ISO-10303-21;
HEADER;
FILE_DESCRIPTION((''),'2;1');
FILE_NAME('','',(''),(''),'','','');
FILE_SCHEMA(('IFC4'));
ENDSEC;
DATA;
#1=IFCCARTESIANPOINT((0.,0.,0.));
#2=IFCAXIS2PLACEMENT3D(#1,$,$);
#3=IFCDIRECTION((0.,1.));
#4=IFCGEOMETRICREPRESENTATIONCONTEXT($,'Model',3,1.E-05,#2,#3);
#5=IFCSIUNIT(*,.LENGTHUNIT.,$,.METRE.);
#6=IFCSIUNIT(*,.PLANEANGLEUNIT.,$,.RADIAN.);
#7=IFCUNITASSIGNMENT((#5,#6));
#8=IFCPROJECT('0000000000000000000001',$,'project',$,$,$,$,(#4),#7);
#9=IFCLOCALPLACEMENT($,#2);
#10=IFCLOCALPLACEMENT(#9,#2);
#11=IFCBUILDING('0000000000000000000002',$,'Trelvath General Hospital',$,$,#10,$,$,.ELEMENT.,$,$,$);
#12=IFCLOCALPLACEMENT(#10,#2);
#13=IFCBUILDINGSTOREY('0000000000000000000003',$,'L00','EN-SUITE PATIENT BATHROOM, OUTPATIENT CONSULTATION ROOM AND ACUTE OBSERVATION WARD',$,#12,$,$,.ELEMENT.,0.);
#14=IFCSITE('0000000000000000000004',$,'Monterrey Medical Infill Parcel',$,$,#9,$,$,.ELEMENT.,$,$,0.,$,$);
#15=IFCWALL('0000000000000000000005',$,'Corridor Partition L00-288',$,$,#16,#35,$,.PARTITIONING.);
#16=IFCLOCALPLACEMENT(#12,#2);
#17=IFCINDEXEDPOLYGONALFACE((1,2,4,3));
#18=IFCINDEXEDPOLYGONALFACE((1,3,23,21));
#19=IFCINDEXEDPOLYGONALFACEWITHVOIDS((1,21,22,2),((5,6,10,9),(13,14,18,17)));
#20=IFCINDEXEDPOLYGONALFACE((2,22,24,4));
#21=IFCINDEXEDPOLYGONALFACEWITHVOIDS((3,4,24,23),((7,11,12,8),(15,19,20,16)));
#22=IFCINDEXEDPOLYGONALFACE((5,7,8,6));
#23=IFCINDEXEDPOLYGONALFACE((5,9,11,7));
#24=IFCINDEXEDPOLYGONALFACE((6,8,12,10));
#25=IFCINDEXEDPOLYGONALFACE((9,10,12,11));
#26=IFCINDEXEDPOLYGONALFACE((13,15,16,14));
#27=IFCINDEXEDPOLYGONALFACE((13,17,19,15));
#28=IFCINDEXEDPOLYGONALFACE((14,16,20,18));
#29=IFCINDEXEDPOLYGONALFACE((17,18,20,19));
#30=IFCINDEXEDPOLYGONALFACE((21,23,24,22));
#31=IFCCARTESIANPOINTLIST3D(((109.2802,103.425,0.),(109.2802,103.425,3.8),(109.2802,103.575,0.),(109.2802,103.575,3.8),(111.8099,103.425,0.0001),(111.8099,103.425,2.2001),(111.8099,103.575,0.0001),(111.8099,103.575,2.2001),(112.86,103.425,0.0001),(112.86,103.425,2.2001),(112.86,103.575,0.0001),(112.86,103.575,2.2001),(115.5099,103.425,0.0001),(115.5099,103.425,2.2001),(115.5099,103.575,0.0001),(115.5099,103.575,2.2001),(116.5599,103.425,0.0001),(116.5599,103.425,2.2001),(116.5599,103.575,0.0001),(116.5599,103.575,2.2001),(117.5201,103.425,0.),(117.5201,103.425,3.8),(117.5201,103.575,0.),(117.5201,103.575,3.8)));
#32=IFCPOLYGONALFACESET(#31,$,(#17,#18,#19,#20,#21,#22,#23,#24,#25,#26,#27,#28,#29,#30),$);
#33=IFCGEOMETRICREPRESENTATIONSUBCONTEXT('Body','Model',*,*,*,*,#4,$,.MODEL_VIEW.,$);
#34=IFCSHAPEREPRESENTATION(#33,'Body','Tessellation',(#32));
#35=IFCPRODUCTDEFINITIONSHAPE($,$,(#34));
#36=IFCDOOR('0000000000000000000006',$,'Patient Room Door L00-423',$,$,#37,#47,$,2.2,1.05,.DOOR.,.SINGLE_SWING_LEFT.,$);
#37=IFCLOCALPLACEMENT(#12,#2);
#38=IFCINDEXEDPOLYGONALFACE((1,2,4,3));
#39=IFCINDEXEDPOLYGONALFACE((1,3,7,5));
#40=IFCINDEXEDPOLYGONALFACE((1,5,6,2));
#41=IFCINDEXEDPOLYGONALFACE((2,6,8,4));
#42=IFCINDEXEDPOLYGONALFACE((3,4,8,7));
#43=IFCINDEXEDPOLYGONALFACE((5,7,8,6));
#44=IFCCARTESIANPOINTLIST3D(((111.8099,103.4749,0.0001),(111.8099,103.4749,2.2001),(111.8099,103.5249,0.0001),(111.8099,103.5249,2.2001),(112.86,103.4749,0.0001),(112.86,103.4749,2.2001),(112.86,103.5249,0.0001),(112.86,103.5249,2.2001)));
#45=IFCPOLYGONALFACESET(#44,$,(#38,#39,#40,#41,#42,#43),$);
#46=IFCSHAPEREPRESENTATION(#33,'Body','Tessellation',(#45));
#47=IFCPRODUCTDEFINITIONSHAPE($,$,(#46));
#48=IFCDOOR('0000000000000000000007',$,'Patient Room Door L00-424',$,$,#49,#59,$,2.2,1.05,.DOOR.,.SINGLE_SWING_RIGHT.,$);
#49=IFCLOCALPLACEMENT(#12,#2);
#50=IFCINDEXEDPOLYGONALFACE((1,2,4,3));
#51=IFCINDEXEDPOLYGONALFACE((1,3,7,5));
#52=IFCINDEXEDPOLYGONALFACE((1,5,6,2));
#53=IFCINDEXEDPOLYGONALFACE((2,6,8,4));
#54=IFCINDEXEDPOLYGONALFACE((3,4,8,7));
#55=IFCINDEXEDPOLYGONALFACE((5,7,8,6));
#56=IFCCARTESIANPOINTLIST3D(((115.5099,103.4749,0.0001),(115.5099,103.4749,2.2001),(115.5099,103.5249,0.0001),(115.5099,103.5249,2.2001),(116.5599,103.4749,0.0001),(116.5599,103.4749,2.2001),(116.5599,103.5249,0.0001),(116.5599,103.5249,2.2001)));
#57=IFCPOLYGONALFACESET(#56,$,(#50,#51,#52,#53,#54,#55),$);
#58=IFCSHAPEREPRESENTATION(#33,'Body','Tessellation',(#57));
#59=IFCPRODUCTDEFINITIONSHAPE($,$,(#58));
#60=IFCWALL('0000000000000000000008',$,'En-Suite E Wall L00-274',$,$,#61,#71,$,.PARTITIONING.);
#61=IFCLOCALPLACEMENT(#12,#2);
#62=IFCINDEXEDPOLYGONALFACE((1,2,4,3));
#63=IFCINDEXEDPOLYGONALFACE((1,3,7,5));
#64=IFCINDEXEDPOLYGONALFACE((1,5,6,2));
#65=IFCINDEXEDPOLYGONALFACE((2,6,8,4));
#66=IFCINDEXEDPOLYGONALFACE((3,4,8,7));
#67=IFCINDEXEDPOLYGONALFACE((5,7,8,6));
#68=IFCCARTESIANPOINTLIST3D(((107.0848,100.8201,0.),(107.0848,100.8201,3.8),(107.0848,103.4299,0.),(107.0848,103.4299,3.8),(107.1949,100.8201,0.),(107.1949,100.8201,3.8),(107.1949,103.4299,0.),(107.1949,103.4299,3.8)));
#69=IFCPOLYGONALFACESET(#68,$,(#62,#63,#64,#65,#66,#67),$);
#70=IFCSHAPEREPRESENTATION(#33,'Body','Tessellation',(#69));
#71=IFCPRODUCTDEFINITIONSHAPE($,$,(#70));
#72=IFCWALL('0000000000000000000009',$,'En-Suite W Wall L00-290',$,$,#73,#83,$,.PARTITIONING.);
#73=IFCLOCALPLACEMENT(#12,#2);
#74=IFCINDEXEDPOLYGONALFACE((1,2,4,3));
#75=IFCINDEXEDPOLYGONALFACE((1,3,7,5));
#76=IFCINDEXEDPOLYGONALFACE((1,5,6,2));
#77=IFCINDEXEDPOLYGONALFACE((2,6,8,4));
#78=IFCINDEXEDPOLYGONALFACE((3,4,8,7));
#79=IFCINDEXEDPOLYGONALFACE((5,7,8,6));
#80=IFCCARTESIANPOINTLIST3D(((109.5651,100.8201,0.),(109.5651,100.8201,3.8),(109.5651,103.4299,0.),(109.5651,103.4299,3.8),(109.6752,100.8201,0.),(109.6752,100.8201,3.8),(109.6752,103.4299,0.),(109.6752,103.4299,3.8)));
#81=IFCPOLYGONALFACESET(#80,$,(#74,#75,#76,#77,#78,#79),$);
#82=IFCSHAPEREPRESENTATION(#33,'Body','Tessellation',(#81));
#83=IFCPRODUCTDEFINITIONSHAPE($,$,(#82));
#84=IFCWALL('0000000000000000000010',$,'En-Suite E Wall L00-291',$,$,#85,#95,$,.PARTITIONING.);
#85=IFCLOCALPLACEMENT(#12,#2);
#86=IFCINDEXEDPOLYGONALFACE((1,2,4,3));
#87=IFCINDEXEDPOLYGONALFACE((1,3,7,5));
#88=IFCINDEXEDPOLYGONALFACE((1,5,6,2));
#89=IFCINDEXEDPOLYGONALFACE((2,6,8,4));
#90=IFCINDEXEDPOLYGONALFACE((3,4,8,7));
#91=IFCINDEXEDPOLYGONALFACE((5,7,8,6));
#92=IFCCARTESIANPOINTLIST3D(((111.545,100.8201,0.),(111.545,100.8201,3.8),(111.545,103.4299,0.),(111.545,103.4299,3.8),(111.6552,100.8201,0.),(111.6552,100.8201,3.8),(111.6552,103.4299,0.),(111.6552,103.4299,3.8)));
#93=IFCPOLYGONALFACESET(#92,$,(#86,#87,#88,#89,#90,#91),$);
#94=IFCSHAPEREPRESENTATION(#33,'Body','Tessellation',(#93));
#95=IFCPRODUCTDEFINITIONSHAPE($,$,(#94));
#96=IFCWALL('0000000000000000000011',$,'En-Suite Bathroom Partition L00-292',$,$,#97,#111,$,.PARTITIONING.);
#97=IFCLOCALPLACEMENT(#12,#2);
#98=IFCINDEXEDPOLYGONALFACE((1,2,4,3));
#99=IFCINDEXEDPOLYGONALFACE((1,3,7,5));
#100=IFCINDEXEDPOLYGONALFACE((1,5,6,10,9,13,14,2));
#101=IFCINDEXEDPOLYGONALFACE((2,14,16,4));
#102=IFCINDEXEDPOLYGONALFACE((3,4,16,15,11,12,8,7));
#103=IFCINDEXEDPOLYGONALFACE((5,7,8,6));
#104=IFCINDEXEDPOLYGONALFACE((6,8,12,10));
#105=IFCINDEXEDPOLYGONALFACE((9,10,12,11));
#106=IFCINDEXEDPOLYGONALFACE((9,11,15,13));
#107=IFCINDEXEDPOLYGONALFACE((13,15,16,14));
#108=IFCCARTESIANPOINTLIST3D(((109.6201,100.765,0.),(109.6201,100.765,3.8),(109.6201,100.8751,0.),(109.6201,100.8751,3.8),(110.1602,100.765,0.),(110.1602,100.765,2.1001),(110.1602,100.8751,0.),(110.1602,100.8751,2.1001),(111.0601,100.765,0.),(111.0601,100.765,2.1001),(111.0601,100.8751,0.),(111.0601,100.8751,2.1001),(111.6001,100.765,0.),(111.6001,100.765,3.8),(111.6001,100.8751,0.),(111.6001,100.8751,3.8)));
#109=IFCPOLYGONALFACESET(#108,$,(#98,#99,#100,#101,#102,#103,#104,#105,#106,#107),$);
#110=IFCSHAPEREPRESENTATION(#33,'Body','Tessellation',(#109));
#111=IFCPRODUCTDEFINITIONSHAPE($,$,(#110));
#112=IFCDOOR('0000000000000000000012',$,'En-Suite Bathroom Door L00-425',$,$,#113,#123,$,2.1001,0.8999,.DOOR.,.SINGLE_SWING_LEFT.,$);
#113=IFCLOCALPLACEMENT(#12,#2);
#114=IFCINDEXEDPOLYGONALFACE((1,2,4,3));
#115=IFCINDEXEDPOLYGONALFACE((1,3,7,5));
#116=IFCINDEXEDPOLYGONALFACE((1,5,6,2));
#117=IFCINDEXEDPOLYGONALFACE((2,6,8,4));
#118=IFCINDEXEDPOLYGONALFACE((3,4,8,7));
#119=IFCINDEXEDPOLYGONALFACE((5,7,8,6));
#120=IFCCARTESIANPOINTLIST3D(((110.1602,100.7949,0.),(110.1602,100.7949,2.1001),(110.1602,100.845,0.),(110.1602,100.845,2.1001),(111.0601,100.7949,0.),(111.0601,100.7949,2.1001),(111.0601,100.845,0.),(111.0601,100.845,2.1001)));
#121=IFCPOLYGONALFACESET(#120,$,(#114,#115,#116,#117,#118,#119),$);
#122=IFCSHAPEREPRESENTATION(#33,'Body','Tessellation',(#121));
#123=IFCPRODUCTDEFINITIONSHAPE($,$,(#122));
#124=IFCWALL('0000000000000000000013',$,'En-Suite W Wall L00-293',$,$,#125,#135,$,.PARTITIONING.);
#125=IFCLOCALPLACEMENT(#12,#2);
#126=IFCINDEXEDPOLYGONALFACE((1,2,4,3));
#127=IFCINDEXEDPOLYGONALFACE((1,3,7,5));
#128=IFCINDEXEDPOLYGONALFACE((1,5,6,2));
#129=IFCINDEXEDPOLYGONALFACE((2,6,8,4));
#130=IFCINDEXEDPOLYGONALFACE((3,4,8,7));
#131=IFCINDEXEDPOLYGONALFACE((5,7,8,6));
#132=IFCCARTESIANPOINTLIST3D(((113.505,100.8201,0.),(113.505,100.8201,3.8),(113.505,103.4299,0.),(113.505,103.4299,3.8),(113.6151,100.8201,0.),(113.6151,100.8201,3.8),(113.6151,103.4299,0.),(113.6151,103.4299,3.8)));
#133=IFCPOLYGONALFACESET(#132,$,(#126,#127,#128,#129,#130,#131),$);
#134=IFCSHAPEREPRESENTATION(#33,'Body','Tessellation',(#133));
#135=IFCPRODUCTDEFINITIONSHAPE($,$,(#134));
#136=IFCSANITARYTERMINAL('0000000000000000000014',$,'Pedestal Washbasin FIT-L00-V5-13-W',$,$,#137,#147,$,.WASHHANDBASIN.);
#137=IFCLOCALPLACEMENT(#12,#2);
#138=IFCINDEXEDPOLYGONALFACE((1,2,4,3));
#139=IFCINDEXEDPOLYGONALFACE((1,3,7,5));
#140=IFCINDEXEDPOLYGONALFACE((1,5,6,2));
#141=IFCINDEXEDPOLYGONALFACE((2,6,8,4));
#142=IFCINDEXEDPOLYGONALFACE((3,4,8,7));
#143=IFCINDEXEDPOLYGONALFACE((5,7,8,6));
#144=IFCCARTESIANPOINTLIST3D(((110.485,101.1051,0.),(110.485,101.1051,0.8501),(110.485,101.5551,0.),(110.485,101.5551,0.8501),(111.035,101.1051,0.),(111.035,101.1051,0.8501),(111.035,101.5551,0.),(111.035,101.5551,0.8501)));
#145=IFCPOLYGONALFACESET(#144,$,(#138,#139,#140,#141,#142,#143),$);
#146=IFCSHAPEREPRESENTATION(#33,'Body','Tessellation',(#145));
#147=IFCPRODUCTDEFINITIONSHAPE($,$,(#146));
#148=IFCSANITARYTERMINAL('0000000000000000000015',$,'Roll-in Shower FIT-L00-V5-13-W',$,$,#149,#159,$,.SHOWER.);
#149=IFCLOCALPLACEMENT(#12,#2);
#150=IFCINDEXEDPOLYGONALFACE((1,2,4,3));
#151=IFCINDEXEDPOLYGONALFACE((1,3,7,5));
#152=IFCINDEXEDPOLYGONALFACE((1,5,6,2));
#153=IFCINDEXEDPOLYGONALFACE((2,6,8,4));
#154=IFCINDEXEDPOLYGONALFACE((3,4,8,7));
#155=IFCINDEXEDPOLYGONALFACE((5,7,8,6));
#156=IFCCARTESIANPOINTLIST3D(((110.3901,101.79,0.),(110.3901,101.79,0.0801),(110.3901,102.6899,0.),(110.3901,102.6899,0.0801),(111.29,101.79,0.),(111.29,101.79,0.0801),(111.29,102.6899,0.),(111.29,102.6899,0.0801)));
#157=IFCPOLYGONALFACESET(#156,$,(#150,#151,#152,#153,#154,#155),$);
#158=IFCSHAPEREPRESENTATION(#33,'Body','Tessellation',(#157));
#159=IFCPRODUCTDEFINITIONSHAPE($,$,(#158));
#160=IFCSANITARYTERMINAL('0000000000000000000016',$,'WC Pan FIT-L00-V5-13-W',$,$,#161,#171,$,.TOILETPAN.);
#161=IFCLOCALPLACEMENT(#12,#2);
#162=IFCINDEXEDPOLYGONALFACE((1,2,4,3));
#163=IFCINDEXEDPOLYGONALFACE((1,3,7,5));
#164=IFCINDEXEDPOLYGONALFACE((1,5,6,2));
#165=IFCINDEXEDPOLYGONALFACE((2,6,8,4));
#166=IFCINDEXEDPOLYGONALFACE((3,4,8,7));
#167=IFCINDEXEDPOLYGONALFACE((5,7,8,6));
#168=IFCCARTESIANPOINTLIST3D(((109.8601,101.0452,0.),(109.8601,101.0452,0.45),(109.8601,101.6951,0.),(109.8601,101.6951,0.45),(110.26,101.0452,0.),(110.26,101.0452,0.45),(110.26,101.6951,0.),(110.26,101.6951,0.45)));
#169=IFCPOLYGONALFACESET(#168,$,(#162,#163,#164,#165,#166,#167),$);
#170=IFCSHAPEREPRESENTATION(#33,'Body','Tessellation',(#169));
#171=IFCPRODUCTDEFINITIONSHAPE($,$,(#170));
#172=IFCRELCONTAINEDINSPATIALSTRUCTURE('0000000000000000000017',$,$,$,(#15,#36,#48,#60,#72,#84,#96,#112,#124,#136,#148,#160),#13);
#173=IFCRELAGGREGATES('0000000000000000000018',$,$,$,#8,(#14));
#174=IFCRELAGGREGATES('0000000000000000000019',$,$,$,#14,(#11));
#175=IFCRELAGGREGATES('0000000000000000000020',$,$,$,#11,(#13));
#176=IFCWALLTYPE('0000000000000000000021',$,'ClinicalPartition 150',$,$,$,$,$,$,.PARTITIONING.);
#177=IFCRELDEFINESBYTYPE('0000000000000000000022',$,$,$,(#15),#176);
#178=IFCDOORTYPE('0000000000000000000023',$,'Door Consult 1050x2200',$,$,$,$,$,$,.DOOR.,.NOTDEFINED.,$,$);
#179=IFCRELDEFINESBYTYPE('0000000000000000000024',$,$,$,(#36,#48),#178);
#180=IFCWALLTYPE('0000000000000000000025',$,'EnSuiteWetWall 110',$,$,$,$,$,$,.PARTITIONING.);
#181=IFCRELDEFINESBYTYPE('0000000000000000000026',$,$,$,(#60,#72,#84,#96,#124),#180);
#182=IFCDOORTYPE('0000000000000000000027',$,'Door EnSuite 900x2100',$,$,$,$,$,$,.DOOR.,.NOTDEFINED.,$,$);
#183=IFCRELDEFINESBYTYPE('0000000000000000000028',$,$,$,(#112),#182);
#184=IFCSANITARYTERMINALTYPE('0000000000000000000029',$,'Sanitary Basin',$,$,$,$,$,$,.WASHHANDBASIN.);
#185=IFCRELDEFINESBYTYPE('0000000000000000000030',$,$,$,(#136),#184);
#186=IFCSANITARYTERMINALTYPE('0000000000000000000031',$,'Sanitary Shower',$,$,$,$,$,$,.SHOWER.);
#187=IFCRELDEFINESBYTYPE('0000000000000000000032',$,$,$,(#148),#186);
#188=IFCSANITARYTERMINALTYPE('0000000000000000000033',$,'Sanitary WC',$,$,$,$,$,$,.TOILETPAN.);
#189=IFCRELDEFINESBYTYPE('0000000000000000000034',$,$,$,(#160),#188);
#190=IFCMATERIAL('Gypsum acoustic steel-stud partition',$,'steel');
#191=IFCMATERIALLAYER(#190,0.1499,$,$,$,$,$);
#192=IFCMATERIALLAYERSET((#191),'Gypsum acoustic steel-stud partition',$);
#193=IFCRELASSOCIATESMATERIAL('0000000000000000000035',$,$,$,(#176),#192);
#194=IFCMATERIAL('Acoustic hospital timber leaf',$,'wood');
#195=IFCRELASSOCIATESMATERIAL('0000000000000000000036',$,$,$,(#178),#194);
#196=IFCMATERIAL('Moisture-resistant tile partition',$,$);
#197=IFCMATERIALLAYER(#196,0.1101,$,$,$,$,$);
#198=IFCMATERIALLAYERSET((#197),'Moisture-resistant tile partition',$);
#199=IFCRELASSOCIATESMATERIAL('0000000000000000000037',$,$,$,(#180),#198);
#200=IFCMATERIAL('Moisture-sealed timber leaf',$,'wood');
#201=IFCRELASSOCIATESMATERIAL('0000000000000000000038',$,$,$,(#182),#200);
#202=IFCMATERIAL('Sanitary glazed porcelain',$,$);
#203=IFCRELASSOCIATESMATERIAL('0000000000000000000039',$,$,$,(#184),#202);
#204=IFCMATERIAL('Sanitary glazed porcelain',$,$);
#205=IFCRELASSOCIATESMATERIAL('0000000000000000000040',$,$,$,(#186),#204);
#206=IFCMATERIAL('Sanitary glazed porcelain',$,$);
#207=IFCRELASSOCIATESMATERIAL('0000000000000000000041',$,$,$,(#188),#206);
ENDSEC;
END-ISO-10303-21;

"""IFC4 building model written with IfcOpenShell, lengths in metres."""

from ifc_helpers import new_model, si_unit, direction, frame, frame_2d, origin, origin_2d, place, context, subcontext, project, spatial, rectangle, extrude, material, layer, layer_set, type_object, element, fill, save


model = new_model("IFC4")

# Units and contexts
model_context = context("Model", 3, precision=1e-05, world=origin(), true_north=direction((0.0, 1.0)))
body_context = subcontext(model_context, "Body", "Model", "MODEL_VIEW")
ifc_project = project(units=[si_unit("LENGTHUNIT", "METRE"), si_unit("PLANEANGLEUNIT", "RADIAN")], contexts=[model_context])

# Site, building, storey
site_placement = place(None, origin())
site = spatial("IfcSite", under=ifc_project, at=site_placement, Name="Monterrey Medical Infill Parcel", CompositionType="ELEMENT", RefElevation=0.0)
building_placement = place(site_placement, origin())
building = spatial("IfcBuilding", under=site, at=building_placement, Name="Trelvath General Hospital", CompositionType="ELEMENT")
storey_placement = place(building_placement, origin())
storey = spatial("IfcBuildingStorey", under=building, at=storey_placement, Name="L00", Description="EN-SUITE PATIENT BATHROOM, OUTPATIENT CONSULTATION ROOM AND ACUTE OBSERVATION WARD", CompositionType="ELEMENT", Elevation=0.0)

# Wall, openings, doors
ifc_material_1 = material(Name="Gypsum acoustic steel-stud partition", Category="steel")
ifc_layer_1 = layer(ifc_material_1, 0.1499)
ifc_layer_set_1 = layer_set([ifc_layer_1], Name="Gypsum acoustic steel-stud partition")
wall_type_1 = type_object("IfcWallType", Name="ClinicalPartition 150", PredefinedType="PARTITIONING", material=ifc_layer_set_1)
wall_1_placement = place(storey_placement, frame((109.28, 103.5, 0.0), z_axis=(0.0, 0.0, 1.0), x_axis=(1.0, 0.0, 0.0)))
wall_1 = element("IfcWall", 1, at=wall_1_placement, inside=storey, type_object=wall_type_1, Name="Corridor Partition L00-288", PredefinedType="PARTITIONING", context=body_context, shape_type="SweptSolid", body=[
    extrude(rectangle(XDim=8.24, YDim=0.1499, at=frame_2d((4.1201, 0.0))), origin(), (0.0, 0.0, 1.0), 3.8),
])
opening_1_placement = place(wall_1_placement, frame((2.53, 0.0, 0.0)))
opening_1 = element("IfcOpeningElement", 2, at=opening_1_placement, cuts=wall_1, PredefinedType="OPENING", context=body_context, shape_type="SweptSolid", body=[
    extrude(rectangle(XDim=1.05, YDim=2.2, at=frame_2d((0.5249, 1.1001))), frame((0.0, 0.085, 0.0), z_axis=(0.0, -1.0, 0.0), x_axis=(1.0, 0.0, 0.0)), (0.0, 0.0, 1.0), 0.1699),
])
opening_2_placement = place(wall_1_placement, frame((6.23, 0.0, 0.0)))
opening_2 = element("IfcOpeningElement", 3, at=opening_2_placement, cuts=wall_1, PredefinedType="OPENING", context=body_context, shape_type="SweptSolid", body=[
    extrude(rectangle(XDim=1.05, YDim=2.2, at=frame_2d((0.5249, 1.1001))), frame((0.0, 0.085, 0.0), z_axis=(0.0, -1.0, 0.0), x_axis=(1.0, 0.0, 0.0)), (0.0, 0.0, 1.0), 0.1699),
])
ifc_material_2 = material(Name="Acoustic hospital timber leaf", Category="wood")
door_type_1 = type_object("IfcDoorType", Name="Door Consult 1050x2200", OperationType="NOTDEFINED", PredefinedType="DOOR", material=ifc_material_2)
door_1_placement = place(opening_1_placement, origin())
door_1 = element("IfcDoor", 4, at=door_1_placement, inside=storey, type_object=door_type_1, Name="Patient Room Door L00-423", OperationType="SINGLE_SWING_LEFT", OverallHeight=2.2, OverallWidth=1.05, PredefinedType="DOOR", context=body_context, shape_type="SweptSolid", body=[
    extrude(rectangle(XDim=1.05, YDim=2.2, at=frame_2d((0.5249, 1.1001))), frame((0.0, 0.0249, 0.0), z_axis=(0.0, -1.0, 0.0), x_axis=(1.0, 0.0, 0.0)), (0.0, 0.0, 1.0), 0.05),
])
fill(opening_1, door_1)
door_2_placement = place(opening_2_placement, origin())
door_2 = element("IfcDoor", 5, at=door_2_placement, inside=storey, type_object=door_type_1, Name="Patient Room Door L00-424", OperationType="SINGLE_SWING_RIGHT", OverallHeight=2.2, OverallWidth=1.05, PredefinedType="DOOR", context=body_context, shape_type="SweptSolid", body=[
    extrude(rectangle(XDim=1.05, YDim=2.2, at=frame_2d((0.5249, 1.1001))), frame((0.0, 0.0249, 0.0), z_axis=(0.0, -1.0, 0.0), x_axis=(1.0, 0.0, 0.0)), (0.0, 0.0, 1.0), 0.05),
])
fill(opening_2, door_2)

# Walls
ifc_material_3 = material(Name="Moisture-resistant tile partition")
ifc_layer_2 = layer(ifc_material_3, 0.1101)
ifc_layer_set_2 = layer_set([ifc_layer_2], Name="Moisture-resistant tile partition")
wall_type_2 = type_object("IfcWallType", Name="EnSuiteWetWall 110", PredefinedType="PARTITIONING", material=ifc_layer_set_2)
for number, where, z_axis, x_axis, name in (
    (6, (107.1399, 100.8201, 0.0), (0.0, 0.0, 1.0), (0.0, 1.0, 0.0), "En-Suite E Wall L00-274"),
    (7, (109.6201, 100.8201, 0.0), (0.0, 0.0, 1.0), (0.0, 1.0, 0.0), "En-Suite W Wall L00-290"),
    (8, (111.6001, 100.8201, 0.0), (0.0, 0.0, 1.0), (0.0, 1.0, 0.0), "En-Suite E Wall L00-291"),
):
    element("IfcWall", number, at=place(storey_placement, frame(where, z_axis=z_axis, x_axis=x_axis)), inside=storey, type_object=wall_type_2, Name=name, PredefinedType="PARTITIONING", context=body_context, shape_type="SweptSolid", body=[
        extrude(rectangle(XDim=2.6099, YDim=0.1101, at=frame_2d((1.3049, 0.0))), origin(), (0.0, 0.0, 1.0), 3.8),
    ])

# Wall, opening, door
wall_2_placement = place(storey_placement, frame((109.6201, 100.8201, 0.0), z_axis=(0.0, 0.0, 1.0), x_axis=(1.0, 0.0, 0.0)))
wall_2 = element("IfcWall", 9, at=wall_2_placement, inside=storey, type_object=wall_type_2, Name="En-Suite Bathroom Partition L00-292", PredefinedType="PARTITIONING", context=body_context, shape_type="SweptSolid", body=[
    extrude(rectangle(XDim=1.98, YDim=0.1101, at=frame_2d((0.99, 0.0))), origin(), (0.0, 0.0, 1.0), 3.8),
])
opening_3_placement = place(wall_2_placement, frame((0.54, 0.0, 0.0)))
opening_3 = element("IfcOpeningElement", 10, at=opening_3_placement, cuts=wall_2, PredefinedType="OPENING", context=body_context, shape_type="SweptSolid", body=[
    extrude(rectangle(XDim=0.8999, YDim=2.1001, at=frame_2d((0.45, 1.05))), frame((0.0, 0.0649, 0.0), z_axis=(0.0, -1.0, 0.0), x_axis=(1.0, 0.0, 0.0)), (0.0, 0.0, 1.0), 0.1301),
])
ifc_material_4 = material(Name="Moisture-sealed timber leaf", Category="wood")
door_type_2 = type_object("IfcDoorType", Name="Door EnSuite 900x2100", OperationType="NOTDEFINED", PredefinedType="DOOR", material=ifc_material_4)
door_3_placement = place(opening_3_placement, origin())
door_3 = element("IfcDoor", 11, at=door_3_placement, inside=storey, type_object=door_type_2, Name="En-Suite Bathroom Door L00-425", OperationType="SINGLE_SWING_LEFT", OverallHeight=2.1001, OverallWidth=0.8999, PredefinedType="DOOR", context=body_context, shape_type="SweptSolid", body=[
    extrude(rectangle(XDim=0.8999, YDim=2.1001, at=frame_2d((0.45, 1.05))), frame((0.0, 0.0249, 0.0), z_axis=(0.0, -1.0, 0.0), x_axis=(1.0, 0.0, 0.0)), (0.0, 0.0, 1.0), 0.05),
])
fill(opening_3, door_3)

# Wall
wall_3_placement = place(storey_placement, frame((113.5601, 100.8201, 0.0), z_axis=(0.0, 0.0, 1.0), x_axis=(0.0, 1.0, 0.0)))
element("IfcWall", 12, at=wall_3_placement, inside=storey, type_object=wall_type_2, Name="En-Suite W Wall L00-293", PredefinedType="PARTITIONING", context=body_context, shape_type="SweptSolid", body=[
    extrude(rectangle(XDim=2.6099, YDim=0.1101, at=frame_2d((1.3049, 0.0))), origin(), (0.0, 0.0, 1.0), 3.8),
])

# Sanitary terminals
ifc_material_5 = material(Name="Sanitary glazed porcelain")
sanitary_terminal_type_1 = type_object("IfcSanitaryTerminalType", Name="Sanitary Basin", PredefinedType="WASHHANDBASIN", material=ifc_material_5)
sanitary_terminal_1_placement = place(storey_placement, frame((110.76, 101.3301, 0.0), z_axis=(0.0, 0.0, 1.0), x_axis=(1.0, 0.0, 0.0)))
element("IfcSanitaryTerminal", 13, at=sanitary_terminal_1_placement, inside=storey, type_object=sanitary_terminal_type_1, Name="Pedestal Washbasin FIT-L00-V5-13-W", PredefinedType="WASHHANDBASIN", context=body_context, shape_type="SweptSolid", body=[
    extrude(rectangle(XDim=0.55, YDim=0.45, at=origin_2d()), origin(), (0.0, 0.0, 1.0), 0.8501),
])
ifc_material_6 = material(Name="Sanitary glazed porcelain")
sanitary_terminal_type_2 = type_object("IfcSanitaryTerminalType", Name="Sanitary Shower", PredefinedType="SHOWER", material=ifc_material_6)
sanitary_terminal_2_placement = place(storey_placement, frame((110.8401, 102.24, 0.0), z_axis=(0.0, 0.0, 1.0), x_axis=(1.0, 0.0, 0.0)))
element("IfcSanitaryTerminal", 14, at=sanitary_terminal_2_placement, inside=storey, type_object=sanitary_terminal_type_2, Name="Roll-in Shower FIT-L00-V5-13-W", PredefinedType="SHOWER", context=body_context, shape_type="SweptSolid", body=[
    extrude(rectangle(XDim=0.8999, YDim=0.8999, at=origin_2d()), origin(), (0.0, 0.0, 1.0), 0.0801),
])
ifc_material_7 = material(Name="Sanitary glazed porcelain")
sanitary_terminal_type_3 = type_object("IfcSanitaryTerminalType", Name="Sanitary WC", PredefinedType="TOILETPAN", material=ifc_material_7)
sanitary_terminal_3_placement = place(storey_placement, frame((110.0601, 101.3701, 0.0), z_axis=(0.0, 0.0, 1.0), x_axis=(1.0, 0.0, 0.0)))
element("IfcSanitaryTerminal", 15, at=sanitary_terminal_3_placement, inside=storey, type_object=sanitary_terminal_type_3, Name="WC Pan FIT-L00-V5-13-W", PredefinedType="TOILETPAN", context=body_context, shape_type="SweptSolid", body=[
    extrude(rectangle(XDim=0.3999, YDim=0.6499, at=origin_2d()), origin(), (0.0, 0.0, 1.0), 0.45),
])

save(model, "model.ifc")
